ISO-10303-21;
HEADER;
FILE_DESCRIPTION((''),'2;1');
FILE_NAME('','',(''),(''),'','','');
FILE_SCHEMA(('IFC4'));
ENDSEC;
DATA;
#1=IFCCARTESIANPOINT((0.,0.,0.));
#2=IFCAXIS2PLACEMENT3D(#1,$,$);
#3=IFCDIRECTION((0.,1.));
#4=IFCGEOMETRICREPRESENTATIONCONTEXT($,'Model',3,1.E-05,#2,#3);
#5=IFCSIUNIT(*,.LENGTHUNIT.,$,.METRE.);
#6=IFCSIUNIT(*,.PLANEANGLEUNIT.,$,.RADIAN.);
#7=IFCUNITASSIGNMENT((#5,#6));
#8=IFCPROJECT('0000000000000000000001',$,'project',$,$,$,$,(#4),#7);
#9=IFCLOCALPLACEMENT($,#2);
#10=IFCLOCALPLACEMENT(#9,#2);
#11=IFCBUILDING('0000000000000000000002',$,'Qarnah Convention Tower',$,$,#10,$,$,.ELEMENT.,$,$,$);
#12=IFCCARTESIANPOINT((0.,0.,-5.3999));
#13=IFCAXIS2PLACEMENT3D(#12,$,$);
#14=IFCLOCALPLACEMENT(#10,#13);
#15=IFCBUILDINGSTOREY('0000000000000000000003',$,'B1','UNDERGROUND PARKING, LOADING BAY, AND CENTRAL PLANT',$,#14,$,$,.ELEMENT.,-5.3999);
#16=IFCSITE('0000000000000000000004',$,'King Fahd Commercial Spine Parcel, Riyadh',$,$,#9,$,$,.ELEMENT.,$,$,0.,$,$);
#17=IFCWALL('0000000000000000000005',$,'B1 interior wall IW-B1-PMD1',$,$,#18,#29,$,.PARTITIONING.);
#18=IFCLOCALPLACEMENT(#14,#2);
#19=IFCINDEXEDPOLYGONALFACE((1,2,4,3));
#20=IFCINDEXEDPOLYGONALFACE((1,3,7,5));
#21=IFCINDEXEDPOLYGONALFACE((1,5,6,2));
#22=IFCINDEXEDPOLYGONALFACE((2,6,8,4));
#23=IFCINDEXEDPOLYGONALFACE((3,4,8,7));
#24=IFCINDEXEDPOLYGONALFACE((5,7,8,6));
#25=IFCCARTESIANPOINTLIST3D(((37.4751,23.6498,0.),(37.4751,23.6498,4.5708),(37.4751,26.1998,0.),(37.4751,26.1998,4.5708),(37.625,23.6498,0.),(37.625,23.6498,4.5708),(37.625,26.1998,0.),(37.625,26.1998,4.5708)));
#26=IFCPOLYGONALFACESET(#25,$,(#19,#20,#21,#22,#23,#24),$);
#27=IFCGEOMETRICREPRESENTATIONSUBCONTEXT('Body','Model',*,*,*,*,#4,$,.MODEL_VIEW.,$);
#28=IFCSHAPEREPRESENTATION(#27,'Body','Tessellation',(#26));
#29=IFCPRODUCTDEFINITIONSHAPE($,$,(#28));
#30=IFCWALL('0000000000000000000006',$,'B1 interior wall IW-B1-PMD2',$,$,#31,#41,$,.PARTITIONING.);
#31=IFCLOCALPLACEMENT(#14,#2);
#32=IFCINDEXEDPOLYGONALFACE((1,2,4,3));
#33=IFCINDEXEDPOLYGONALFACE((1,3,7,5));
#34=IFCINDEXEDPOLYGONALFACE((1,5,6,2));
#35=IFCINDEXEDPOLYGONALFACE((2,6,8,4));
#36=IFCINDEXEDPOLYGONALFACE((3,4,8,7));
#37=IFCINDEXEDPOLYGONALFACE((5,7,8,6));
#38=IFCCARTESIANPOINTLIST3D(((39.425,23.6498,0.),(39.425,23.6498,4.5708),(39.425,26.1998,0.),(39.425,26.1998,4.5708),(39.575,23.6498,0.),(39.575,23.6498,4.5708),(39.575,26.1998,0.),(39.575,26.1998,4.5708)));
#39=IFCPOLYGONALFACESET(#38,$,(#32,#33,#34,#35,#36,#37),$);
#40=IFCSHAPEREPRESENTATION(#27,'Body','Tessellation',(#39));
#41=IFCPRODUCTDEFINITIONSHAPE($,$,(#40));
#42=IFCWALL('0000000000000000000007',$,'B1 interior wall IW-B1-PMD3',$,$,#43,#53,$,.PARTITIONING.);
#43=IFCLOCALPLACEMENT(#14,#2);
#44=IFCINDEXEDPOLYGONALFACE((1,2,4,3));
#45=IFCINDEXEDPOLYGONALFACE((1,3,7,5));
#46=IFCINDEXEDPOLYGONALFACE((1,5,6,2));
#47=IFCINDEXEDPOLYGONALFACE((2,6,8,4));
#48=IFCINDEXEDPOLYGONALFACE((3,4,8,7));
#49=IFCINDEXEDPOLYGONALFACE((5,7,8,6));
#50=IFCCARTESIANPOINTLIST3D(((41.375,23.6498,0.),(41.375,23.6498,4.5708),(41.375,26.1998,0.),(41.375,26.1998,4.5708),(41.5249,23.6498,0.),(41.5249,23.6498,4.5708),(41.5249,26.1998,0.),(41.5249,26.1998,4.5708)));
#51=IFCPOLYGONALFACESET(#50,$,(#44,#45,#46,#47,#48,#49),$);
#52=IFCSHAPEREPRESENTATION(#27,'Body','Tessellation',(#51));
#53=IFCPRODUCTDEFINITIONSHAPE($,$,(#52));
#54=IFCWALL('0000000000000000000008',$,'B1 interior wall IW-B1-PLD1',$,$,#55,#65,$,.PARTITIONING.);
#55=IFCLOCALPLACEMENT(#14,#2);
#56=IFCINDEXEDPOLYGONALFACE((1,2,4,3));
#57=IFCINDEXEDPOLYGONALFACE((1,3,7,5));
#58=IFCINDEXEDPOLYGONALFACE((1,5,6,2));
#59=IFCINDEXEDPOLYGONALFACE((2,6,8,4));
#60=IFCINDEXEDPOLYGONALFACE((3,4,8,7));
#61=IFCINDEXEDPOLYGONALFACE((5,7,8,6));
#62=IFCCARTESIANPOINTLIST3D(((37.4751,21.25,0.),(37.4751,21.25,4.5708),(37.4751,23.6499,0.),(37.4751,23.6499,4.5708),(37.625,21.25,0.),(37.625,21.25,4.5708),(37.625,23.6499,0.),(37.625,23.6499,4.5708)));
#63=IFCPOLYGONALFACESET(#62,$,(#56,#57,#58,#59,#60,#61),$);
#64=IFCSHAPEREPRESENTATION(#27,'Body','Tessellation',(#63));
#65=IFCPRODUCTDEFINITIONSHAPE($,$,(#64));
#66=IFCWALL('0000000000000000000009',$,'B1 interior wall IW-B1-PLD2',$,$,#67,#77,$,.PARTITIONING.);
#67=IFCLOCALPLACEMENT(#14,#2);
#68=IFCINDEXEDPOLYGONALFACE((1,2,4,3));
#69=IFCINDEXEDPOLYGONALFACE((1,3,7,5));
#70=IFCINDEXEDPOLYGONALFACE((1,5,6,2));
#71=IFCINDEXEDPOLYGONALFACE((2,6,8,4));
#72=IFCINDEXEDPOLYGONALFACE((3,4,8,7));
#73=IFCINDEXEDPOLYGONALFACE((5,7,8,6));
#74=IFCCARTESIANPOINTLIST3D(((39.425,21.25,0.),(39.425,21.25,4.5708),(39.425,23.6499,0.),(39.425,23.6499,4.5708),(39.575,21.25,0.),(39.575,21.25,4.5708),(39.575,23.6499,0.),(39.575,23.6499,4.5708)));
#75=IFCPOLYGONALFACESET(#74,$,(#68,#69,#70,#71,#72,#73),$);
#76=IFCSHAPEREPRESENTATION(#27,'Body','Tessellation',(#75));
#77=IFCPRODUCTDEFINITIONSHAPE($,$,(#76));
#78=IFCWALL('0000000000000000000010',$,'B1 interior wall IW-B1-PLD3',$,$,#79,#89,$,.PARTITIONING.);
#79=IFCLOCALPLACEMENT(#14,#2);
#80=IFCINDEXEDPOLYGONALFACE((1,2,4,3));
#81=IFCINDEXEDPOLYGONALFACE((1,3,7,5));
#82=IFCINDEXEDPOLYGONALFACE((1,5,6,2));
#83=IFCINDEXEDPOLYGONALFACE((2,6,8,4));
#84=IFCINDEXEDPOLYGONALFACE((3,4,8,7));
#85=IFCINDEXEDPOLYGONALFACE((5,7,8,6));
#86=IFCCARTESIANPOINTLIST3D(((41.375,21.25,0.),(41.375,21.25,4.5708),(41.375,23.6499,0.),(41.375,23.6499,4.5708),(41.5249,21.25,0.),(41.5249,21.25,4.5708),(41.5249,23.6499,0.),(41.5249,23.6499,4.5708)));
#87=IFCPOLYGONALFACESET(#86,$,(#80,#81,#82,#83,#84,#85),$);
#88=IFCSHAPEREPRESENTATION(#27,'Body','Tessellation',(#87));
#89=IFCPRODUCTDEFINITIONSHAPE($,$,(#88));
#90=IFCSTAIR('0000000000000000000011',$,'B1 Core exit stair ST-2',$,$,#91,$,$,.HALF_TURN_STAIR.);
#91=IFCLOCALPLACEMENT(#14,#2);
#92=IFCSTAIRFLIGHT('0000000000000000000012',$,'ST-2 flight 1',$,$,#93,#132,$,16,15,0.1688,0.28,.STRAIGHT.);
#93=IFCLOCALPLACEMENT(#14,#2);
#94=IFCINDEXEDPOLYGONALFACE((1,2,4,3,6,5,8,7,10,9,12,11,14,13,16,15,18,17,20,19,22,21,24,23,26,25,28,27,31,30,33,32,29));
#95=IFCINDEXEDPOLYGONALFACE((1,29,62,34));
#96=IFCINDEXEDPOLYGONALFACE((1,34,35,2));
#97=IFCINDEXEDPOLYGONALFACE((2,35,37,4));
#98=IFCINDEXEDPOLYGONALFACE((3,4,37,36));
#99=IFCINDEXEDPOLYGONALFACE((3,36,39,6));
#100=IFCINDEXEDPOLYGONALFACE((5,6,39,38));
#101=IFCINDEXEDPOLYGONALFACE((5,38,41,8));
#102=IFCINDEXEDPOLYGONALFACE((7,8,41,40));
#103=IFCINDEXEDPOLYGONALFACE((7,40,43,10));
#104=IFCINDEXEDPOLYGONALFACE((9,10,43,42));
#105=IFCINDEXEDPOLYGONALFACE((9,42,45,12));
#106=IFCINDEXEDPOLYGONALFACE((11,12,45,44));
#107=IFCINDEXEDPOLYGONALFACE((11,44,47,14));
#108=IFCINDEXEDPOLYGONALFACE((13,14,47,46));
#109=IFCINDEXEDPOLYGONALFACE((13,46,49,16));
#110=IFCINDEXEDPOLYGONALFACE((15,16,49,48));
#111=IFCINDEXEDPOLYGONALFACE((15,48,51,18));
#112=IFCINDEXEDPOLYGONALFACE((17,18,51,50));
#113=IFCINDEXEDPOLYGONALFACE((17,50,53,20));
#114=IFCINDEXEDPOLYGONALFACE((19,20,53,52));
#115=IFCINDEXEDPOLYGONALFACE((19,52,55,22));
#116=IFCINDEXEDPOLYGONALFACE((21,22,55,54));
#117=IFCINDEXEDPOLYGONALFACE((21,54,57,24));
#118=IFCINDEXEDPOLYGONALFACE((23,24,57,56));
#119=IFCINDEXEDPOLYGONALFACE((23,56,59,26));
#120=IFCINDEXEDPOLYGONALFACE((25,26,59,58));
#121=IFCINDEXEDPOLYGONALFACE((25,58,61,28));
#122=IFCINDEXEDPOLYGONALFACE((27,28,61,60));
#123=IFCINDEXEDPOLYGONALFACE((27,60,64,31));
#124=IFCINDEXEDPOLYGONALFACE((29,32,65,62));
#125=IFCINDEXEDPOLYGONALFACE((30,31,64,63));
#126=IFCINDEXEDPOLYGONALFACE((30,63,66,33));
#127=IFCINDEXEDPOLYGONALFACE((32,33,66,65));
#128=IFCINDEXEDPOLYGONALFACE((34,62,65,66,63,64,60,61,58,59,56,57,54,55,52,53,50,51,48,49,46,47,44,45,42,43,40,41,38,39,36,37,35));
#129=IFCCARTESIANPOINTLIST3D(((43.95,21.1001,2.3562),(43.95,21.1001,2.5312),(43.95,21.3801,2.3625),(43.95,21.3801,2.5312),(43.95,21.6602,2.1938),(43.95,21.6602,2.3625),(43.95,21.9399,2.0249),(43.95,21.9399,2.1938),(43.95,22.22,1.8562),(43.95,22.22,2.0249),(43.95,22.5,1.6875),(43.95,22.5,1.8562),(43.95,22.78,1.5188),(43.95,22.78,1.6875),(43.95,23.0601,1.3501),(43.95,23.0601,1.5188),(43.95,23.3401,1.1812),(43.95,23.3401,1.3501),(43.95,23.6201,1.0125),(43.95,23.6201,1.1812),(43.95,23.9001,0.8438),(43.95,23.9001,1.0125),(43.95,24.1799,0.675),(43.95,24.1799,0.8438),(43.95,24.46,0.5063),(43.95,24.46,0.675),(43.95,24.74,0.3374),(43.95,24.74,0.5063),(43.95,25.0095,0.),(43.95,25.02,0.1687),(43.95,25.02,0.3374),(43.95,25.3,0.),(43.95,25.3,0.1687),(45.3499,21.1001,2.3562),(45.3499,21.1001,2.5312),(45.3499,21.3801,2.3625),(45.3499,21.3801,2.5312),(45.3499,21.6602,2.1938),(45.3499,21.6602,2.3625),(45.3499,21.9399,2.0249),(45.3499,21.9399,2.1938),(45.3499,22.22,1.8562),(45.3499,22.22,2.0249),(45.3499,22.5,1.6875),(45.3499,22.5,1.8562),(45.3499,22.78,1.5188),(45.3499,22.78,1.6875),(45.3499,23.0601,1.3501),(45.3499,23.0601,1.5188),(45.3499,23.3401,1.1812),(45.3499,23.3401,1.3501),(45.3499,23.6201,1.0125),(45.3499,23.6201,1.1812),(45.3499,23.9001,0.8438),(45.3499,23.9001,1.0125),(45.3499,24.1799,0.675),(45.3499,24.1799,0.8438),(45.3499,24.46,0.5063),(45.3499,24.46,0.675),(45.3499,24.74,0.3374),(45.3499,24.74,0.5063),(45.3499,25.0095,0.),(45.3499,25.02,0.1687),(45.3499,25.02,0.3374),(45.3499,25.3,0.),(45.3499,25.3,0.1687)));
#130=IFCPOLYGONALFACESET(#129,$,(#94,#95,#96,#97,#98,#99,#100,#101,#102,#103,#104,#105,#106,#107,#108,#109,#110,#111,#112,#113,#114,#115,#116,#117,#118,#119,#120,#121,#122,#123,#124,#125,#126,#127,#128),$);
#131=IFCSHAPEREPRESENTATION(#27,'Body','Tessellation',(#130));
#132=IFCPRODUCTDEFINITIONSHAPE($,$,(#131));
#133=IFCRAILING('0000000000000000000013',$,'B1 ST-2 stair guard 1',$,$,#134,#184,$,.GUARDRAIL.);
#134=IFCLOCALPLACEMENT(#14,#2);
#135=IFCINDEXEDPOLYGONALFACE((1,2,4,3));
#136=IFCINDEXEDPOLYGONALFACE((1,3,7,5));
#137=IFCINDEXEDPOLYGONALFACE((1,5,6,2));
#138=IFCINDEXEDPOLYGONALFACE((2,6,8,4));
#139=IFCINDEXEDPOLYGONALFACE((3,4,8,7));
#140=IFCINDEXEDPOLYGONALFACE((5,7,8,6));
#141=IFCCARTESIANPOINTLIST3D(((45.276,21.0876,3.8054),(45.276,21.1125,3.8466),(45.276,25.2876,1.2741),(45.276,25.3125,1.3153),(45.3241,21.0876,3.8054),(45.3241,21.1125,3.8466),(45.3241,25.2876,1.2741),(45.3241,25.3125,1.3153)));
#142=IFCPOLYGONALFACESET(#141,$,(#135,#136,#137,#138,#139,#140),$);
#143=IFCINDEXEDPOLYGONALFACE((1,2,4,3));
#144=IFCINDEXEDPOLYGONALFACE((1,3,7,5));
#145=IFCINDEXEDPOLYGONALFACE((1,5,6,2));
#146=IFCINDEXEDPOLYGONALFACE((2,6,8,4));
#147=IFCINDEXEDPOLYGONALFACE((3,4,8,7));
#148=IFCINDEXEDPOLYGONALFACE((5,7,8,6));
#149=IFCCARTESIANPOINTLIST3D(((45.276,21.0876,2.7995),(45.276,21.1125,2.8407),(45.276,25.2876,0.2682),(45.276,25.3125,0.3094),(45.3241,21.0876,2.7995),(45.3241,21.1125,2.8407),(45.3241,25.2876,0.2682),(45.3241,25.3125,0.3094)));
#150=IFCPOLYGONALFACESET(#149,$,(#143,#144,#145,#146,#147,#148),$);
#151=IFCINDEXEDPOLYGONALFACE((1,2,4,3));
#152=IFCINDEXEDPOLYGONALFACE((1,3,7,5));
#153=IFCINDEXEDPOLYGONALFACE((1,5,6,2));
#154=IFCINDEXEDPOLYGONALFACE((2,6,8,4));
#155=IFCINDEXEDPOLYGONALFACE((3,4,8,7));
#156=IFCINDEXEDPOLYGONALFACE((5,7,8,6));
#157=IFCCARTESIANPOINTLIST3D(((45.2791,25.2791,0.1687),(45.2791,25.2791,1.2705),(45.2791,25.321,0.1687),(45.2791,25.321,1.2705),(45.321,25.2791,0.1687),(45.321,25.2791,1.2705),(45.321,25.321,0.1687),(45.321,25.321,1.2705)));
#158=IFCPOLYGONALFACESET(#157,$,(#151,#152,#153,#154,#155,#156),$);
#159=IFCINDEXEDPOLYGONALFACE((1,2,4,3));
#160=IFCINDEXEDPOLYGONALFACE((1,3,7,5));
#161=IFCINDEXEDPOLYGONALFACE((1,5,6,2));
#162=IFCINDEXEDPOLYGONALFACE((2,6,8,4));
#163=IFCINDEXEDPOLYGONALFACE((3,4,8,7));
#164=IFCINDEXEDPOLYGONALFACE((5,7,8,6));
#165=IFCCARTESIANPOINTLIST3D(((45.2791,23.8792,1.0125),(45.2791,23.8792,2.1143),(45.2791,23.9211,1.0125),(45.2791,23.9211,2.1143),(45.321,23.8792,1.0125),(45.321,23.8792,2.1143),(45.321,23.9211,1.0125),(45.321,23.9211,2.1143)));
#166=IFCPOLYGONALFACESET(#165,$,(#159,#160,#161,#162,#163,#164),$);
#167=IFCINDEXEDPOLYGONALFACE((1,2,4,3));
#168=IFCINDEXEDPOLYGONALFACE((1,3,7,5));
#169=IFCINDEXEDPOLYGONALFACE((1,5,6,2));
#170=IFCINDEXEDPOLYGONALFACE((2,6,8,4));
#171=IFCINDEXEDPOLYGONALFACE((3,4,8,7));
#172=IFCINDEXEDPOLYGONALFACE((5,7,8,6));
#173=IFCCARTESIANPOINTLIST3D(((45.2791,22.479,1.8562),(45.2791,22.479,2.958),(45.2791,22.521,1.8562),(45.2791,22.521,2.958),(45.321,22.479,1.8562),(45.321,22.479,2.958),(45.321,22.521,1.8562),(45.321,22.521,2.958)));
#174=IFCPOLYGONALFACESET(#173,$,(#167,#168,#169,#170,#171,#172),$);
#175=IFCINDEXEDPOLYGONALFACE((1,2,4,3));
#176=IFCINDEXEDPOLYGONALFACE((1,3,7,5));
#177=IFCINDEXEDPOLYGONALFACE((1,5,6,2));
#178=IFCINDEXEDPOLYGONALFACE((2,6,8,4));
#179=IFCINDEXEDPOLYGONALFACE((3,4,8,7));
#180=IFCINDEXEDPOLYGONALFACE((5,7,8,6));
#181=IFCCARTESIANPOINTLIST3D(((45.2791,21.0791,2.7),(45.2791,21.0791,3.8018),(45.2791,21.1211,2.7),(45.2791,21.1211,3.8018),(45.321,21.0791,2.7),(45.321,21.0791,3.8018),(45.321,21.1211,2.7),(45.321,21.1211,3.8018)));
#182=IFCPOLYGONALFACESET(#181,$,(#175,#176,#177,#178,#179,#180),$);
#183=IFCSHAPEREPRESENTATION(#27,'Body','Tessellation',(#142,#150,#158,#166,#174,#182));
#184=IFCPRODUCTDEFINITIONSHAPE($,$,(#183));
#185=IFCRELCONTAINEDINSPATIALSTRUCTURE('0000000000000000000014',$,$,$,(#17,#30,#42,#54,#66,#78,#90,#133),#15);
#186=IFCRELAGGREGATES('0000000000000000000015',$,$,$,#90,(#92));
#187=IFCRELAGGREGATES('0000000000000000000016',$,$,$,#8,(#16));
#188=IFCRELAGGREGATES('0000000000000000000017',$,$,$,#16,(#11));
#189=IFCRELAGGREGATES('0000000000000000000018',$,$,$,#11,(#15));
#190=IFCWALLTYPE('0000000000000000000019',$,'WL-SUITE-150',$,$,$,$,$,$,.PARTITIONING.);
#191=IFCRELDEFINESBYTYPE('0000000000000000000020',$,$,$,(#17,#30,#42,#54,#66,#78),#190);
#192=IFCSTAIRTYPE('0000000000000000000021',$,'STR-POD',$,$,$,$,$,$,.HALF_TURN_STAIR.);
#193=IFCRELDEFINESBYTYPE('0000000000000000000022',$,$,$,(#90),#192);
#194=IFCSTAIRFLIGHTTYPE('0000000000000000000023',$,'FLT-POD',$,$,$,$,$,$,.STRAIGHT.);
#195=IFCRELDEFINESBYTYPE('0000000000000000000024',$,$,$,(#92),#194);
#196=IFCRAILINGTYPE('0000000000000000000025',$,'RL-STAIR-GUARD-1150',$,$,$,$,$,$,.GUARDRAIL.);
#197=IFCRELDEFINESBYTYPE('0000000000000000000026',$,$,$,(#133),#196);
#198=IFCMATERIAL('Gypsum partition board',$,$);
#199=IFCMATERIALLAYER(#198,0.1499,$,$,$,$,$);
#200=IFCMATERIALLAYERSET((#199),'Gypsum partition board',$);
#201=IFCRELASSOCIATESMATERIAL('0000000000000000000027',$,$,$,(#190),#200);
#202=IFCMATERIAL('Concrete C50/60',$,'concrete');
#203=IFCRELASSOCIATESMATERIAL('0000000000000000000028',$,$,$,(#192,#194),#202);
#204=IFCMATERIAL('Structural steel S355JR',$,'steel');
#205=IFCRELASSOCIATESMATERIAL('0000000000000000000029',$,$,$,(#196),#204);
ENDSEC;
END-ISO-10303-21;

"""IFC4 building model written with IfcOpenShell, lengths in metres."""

from ifc_helpers import new_model, si_unit, direction, frame, frame_2d, origin, origin_2d, place, context, subcontext, project, spatial, polyline, rectangle, outline, extrude, material, layer, layer_set, type_object, element, aggregate, save


model = new_model("IFC4")

# Units and contexts
model_context = context("Model", 3, precision=1e-05, world=origin(), true_north=direction((0.0, 1.0)))
body_context = subcontext(model_context, "Body", "Model", "MODEL_VIEW")
ifc_project = project(units=[si_unit("LENGTHUNIT", "METRE"), si_unit("PLANEANGLEUNIT", "RADIAN")], contexts=[model_context])

# Site, building, storey
site_placement = place(None, origin())
site = spatial("IfcSite", under=ifc_project, at=site_placement, Name="King Fahd Commercial Spine Parcel, Riyadh", CompositionType="ELEMENT", RefElevation=0.0)
building_placement = place(site_placement, origin())
building = spatial("IfcBuilding", under=site, at=building_placement, Name="Qarnah Convention Tower", CompositionType="ELEMENT")
storey_placement = place(building_placement, frame((0.0, 0.0, -5.3999)))
storey = spatial("IfcBuildingStorey", under=building, at=storey_placement, Name="B1", Description="UNDERGROUND PARKING, LOADING BAY, AND CENTRAL PLANT", CompositionType="ELEMENT", Elevation=-5.3999)

# Shared definitions
ifc_material_1 = material(Name="Concrete C50/60", Category="concrete")

# Shared definitions
ifc_material_2 = material(Name="Structural steel S355JR", Category="steel")

# Walls
ifc_material_3 = material(Name="Gypsum partition board")
ifc_layer_1 = layer(ifc_material_3, 0.1499)
ifc_layer_set_1 = layer_set([ifc_layer_1], Name="Gypsum partition board")
wall_type_1 = type_object("IfcWallType", Name="WL-SUITE-150", PredefinedType="PARTITIONING", material=ifc_layer_set_1)
for number, where, z_axis, x_axis, name in (
    (1, (37.55, 23.6499, 0.0), (0.0, 0.0, 1.0), (0.0, 1.0, 0.0), "B1 interior wall IW-B1-PMD1"),
    (2, (39.5, 23.6499, 0.0), (0.0, 0.0, 1.0), (0.0, 1.0, 0.0), "B1 interior wall IW-B1-PMD2"),
    (3, (41.45, 23.6499, 0.0), (0.0, 0.0, 1.0), (0.0, 1.0, 0.0), "B1 interior wall IW-B1-PMD3"),
):
    element("IfcWall", number, at=place(storey_placement, frame(where, z_axis=z_axis, x_axis=x_axis)), inside=storey, type_object=wall_type_1, Name=name, PredefinedType="PARTITIONING", context=body_context, shape_type="SweptSolid", body=[
        extrude(rectangle(XDim=2.55, YDim=0.1499, at=frame_2d((1.2749, 0.0))), origin(), (0.0, 0.0, 1.0), 4.5708),
    ])
for number, where, z_axis, x_axis, name in (
    (4, (37.55, 21.25, 0.0), (0.0, 0.0, 1.0), (0.0, 1.0, 0.0), "B1 interior wall IW-B1-PLD1"),
    (5, (39.5, 21.25, 0.0), (0.0, 0.0, 1.0), (0.0, 1.0, 0.0), "B1 interior wall IW-B1-PLD2"),
    (6, (41.45, 21.25, 0.0), (0.0, 0.0, 1.0), (0.0, 1.0, 0.0), "B1 interior wall IW-B1-PLD3"),
):
    element("IfcWall", number, at=place(storey_placement, frame(where, z_axis=z_axis, x_axis=x_axis)), inside=storey, type_object=wall_type_1, Name=name, PredefinedType="PARTITIONING", context=body_context, shape_type="SweptSolid", body=[
        extrude(rectangle(XDim=2.3999, YDim=0.1499, at=frame_2d((1.2, 0.0))), origin(), (0.0, 0.0, 1.0), 4.5708),
    ])

# Stair, stair flight
stair_type = type_object("IfcStairType", Name="STR-POD", PredefinedType="HALF_TURN_STAIR", material=ifc_material_1)
stair_placement = place(storey_placement, origin())
stair = element("IfcStair", 7, at=stair_placement, inside=storey, type_object=stair_type, Name="B1 Core exit stair ST-2", PredefinedType="HALF_TURN_STAIR")
stair_flight_type = type_object("IfcStairFlightType", Name="FLT-POD", PredefinedType="STRAIGHT", material=ifc_material_1)
stair_flight_placement = place(storey_placement, frame((44.6499, 25.3, 0.0), z_axis=(0.0, 0.0, 1.0), x_axis=(0.0, -1.0, 0.0)))
stair_flight = element("IfcStairFlight", 8, at=stair_flight_placement, type_object=stair_flight_type, Name="ST-2 flight 1", NumberOfRisers=16, NumberOfTreads=15, PredefinedType="STRAIGHT", RiserHeight=0.1688, TreadLength=0.28, context=body_context, shape_type="SweptSolid", body=[
    extrude(outline(polyline([(0.0, 0.0), (0.0, 0.1687), (0.28, 0.1687), (0.28, 0.3374), (0.5601, 0.3374), (0.5601, 0.5063), (0.8401, 0.5063), (0.8401, 0.675), (1.1201, 0.675), (1.1201, 0.8438), (1.3999, 0.8438), (1.3999, 1.0125), (1.6799, 1.0125), (1.6799, 1.1812), (1.96, 1.1812), (1.96, 1.3501), (2.24, 1.3501), (2.24, 1.5188), (2.52, 1.5188), (2.52, 1.6875), (2.8, 1.6875), (2.8, 1.8562), (3.0801, 1.8562), (3.0801, 2.0249), (3.3601, 2.0249), (3.3601, 2.1938), (3.6399, 2.1938), (3.6399, 2.3625), (3.9199, 2.3625), (3.9199, 2.5312), (4.2, 2.5312), (4.2, 2.7), (4.2, 2.3562), (0.2905, 0.0), (0.0, 0.0)])), frame((0.0, 0.7, 0.0), z_axis=(0.0, -1.0, 0.0), x_axis=(1.0, 0.0, 0.0)), (0.0, 0.0, 1.0), 1.3999),
])
aggregate(stair, [stair_flight])

# Railing
railing_type_1 = type_object("IfcRailingType", Name="RL-STAIR-GUARD-1150", PredefinedType="GUARDRAIL", material=ifc_material_2)
railing_1_placement = place(storey_placement, frame((45.3, 25.3, 0.1687)))
element("IfcRailing", 9, at=railing_1_placement, inside=storey, type_object=railing_type_1, Name="B1 ST-2 stair guard 1", PredefinedType="GUARDRAIL", context=body_context, shape_type="SweptSolid", body=[
    extrude(rectangle(XDim=0.0481, YDim=0.0481, at=origin_2d()), frame((0.0, 0.0, 1.126), z_axis=(0.0, -0.856476, 0.516186), x_axis=(1.0, 0.0, 0.0)), (0.0, 0.0, 1.0), 4.9038),
    extrude(rectangle(XDim=0.0481, YDim=0.0481, at=origin_2d()), frame((0.0, 0.0, 0.1201), z_axis=(0.0, -0.856476, 0.516186), x_axis=(1.0, 0.0, 0.0)), (0.0, 0.0, 1.0), 4.9038),
    extrude(rectangle(XDim=0.042, YDim=0.042, at=origin_2d()), origin(), (0.0, 0.0, 1.0), 1.1018),
    extrude(rectangle(XDim=0.042, YDim=0.042, at=origin_2d()), frame((0.0, -1.3999, 0.8438)), (0.0, 0.0, 1.0), 1.1018),
    extrude(rectangle(XDim=0.042, YDim=0.042, at=origin_2d()), frame((0.0, -2.8, 1.6875)), (0.0, 0.0, 1.0), 1.1018),
    extrude(rectangle(XDim=0.042, YDim=0.042, at=origin_2d()), frame((0.0, -4.2, 2.5312)), (0.0, 0.0, 1.0), 1.1018),
])

save(model, "model.ifc")
